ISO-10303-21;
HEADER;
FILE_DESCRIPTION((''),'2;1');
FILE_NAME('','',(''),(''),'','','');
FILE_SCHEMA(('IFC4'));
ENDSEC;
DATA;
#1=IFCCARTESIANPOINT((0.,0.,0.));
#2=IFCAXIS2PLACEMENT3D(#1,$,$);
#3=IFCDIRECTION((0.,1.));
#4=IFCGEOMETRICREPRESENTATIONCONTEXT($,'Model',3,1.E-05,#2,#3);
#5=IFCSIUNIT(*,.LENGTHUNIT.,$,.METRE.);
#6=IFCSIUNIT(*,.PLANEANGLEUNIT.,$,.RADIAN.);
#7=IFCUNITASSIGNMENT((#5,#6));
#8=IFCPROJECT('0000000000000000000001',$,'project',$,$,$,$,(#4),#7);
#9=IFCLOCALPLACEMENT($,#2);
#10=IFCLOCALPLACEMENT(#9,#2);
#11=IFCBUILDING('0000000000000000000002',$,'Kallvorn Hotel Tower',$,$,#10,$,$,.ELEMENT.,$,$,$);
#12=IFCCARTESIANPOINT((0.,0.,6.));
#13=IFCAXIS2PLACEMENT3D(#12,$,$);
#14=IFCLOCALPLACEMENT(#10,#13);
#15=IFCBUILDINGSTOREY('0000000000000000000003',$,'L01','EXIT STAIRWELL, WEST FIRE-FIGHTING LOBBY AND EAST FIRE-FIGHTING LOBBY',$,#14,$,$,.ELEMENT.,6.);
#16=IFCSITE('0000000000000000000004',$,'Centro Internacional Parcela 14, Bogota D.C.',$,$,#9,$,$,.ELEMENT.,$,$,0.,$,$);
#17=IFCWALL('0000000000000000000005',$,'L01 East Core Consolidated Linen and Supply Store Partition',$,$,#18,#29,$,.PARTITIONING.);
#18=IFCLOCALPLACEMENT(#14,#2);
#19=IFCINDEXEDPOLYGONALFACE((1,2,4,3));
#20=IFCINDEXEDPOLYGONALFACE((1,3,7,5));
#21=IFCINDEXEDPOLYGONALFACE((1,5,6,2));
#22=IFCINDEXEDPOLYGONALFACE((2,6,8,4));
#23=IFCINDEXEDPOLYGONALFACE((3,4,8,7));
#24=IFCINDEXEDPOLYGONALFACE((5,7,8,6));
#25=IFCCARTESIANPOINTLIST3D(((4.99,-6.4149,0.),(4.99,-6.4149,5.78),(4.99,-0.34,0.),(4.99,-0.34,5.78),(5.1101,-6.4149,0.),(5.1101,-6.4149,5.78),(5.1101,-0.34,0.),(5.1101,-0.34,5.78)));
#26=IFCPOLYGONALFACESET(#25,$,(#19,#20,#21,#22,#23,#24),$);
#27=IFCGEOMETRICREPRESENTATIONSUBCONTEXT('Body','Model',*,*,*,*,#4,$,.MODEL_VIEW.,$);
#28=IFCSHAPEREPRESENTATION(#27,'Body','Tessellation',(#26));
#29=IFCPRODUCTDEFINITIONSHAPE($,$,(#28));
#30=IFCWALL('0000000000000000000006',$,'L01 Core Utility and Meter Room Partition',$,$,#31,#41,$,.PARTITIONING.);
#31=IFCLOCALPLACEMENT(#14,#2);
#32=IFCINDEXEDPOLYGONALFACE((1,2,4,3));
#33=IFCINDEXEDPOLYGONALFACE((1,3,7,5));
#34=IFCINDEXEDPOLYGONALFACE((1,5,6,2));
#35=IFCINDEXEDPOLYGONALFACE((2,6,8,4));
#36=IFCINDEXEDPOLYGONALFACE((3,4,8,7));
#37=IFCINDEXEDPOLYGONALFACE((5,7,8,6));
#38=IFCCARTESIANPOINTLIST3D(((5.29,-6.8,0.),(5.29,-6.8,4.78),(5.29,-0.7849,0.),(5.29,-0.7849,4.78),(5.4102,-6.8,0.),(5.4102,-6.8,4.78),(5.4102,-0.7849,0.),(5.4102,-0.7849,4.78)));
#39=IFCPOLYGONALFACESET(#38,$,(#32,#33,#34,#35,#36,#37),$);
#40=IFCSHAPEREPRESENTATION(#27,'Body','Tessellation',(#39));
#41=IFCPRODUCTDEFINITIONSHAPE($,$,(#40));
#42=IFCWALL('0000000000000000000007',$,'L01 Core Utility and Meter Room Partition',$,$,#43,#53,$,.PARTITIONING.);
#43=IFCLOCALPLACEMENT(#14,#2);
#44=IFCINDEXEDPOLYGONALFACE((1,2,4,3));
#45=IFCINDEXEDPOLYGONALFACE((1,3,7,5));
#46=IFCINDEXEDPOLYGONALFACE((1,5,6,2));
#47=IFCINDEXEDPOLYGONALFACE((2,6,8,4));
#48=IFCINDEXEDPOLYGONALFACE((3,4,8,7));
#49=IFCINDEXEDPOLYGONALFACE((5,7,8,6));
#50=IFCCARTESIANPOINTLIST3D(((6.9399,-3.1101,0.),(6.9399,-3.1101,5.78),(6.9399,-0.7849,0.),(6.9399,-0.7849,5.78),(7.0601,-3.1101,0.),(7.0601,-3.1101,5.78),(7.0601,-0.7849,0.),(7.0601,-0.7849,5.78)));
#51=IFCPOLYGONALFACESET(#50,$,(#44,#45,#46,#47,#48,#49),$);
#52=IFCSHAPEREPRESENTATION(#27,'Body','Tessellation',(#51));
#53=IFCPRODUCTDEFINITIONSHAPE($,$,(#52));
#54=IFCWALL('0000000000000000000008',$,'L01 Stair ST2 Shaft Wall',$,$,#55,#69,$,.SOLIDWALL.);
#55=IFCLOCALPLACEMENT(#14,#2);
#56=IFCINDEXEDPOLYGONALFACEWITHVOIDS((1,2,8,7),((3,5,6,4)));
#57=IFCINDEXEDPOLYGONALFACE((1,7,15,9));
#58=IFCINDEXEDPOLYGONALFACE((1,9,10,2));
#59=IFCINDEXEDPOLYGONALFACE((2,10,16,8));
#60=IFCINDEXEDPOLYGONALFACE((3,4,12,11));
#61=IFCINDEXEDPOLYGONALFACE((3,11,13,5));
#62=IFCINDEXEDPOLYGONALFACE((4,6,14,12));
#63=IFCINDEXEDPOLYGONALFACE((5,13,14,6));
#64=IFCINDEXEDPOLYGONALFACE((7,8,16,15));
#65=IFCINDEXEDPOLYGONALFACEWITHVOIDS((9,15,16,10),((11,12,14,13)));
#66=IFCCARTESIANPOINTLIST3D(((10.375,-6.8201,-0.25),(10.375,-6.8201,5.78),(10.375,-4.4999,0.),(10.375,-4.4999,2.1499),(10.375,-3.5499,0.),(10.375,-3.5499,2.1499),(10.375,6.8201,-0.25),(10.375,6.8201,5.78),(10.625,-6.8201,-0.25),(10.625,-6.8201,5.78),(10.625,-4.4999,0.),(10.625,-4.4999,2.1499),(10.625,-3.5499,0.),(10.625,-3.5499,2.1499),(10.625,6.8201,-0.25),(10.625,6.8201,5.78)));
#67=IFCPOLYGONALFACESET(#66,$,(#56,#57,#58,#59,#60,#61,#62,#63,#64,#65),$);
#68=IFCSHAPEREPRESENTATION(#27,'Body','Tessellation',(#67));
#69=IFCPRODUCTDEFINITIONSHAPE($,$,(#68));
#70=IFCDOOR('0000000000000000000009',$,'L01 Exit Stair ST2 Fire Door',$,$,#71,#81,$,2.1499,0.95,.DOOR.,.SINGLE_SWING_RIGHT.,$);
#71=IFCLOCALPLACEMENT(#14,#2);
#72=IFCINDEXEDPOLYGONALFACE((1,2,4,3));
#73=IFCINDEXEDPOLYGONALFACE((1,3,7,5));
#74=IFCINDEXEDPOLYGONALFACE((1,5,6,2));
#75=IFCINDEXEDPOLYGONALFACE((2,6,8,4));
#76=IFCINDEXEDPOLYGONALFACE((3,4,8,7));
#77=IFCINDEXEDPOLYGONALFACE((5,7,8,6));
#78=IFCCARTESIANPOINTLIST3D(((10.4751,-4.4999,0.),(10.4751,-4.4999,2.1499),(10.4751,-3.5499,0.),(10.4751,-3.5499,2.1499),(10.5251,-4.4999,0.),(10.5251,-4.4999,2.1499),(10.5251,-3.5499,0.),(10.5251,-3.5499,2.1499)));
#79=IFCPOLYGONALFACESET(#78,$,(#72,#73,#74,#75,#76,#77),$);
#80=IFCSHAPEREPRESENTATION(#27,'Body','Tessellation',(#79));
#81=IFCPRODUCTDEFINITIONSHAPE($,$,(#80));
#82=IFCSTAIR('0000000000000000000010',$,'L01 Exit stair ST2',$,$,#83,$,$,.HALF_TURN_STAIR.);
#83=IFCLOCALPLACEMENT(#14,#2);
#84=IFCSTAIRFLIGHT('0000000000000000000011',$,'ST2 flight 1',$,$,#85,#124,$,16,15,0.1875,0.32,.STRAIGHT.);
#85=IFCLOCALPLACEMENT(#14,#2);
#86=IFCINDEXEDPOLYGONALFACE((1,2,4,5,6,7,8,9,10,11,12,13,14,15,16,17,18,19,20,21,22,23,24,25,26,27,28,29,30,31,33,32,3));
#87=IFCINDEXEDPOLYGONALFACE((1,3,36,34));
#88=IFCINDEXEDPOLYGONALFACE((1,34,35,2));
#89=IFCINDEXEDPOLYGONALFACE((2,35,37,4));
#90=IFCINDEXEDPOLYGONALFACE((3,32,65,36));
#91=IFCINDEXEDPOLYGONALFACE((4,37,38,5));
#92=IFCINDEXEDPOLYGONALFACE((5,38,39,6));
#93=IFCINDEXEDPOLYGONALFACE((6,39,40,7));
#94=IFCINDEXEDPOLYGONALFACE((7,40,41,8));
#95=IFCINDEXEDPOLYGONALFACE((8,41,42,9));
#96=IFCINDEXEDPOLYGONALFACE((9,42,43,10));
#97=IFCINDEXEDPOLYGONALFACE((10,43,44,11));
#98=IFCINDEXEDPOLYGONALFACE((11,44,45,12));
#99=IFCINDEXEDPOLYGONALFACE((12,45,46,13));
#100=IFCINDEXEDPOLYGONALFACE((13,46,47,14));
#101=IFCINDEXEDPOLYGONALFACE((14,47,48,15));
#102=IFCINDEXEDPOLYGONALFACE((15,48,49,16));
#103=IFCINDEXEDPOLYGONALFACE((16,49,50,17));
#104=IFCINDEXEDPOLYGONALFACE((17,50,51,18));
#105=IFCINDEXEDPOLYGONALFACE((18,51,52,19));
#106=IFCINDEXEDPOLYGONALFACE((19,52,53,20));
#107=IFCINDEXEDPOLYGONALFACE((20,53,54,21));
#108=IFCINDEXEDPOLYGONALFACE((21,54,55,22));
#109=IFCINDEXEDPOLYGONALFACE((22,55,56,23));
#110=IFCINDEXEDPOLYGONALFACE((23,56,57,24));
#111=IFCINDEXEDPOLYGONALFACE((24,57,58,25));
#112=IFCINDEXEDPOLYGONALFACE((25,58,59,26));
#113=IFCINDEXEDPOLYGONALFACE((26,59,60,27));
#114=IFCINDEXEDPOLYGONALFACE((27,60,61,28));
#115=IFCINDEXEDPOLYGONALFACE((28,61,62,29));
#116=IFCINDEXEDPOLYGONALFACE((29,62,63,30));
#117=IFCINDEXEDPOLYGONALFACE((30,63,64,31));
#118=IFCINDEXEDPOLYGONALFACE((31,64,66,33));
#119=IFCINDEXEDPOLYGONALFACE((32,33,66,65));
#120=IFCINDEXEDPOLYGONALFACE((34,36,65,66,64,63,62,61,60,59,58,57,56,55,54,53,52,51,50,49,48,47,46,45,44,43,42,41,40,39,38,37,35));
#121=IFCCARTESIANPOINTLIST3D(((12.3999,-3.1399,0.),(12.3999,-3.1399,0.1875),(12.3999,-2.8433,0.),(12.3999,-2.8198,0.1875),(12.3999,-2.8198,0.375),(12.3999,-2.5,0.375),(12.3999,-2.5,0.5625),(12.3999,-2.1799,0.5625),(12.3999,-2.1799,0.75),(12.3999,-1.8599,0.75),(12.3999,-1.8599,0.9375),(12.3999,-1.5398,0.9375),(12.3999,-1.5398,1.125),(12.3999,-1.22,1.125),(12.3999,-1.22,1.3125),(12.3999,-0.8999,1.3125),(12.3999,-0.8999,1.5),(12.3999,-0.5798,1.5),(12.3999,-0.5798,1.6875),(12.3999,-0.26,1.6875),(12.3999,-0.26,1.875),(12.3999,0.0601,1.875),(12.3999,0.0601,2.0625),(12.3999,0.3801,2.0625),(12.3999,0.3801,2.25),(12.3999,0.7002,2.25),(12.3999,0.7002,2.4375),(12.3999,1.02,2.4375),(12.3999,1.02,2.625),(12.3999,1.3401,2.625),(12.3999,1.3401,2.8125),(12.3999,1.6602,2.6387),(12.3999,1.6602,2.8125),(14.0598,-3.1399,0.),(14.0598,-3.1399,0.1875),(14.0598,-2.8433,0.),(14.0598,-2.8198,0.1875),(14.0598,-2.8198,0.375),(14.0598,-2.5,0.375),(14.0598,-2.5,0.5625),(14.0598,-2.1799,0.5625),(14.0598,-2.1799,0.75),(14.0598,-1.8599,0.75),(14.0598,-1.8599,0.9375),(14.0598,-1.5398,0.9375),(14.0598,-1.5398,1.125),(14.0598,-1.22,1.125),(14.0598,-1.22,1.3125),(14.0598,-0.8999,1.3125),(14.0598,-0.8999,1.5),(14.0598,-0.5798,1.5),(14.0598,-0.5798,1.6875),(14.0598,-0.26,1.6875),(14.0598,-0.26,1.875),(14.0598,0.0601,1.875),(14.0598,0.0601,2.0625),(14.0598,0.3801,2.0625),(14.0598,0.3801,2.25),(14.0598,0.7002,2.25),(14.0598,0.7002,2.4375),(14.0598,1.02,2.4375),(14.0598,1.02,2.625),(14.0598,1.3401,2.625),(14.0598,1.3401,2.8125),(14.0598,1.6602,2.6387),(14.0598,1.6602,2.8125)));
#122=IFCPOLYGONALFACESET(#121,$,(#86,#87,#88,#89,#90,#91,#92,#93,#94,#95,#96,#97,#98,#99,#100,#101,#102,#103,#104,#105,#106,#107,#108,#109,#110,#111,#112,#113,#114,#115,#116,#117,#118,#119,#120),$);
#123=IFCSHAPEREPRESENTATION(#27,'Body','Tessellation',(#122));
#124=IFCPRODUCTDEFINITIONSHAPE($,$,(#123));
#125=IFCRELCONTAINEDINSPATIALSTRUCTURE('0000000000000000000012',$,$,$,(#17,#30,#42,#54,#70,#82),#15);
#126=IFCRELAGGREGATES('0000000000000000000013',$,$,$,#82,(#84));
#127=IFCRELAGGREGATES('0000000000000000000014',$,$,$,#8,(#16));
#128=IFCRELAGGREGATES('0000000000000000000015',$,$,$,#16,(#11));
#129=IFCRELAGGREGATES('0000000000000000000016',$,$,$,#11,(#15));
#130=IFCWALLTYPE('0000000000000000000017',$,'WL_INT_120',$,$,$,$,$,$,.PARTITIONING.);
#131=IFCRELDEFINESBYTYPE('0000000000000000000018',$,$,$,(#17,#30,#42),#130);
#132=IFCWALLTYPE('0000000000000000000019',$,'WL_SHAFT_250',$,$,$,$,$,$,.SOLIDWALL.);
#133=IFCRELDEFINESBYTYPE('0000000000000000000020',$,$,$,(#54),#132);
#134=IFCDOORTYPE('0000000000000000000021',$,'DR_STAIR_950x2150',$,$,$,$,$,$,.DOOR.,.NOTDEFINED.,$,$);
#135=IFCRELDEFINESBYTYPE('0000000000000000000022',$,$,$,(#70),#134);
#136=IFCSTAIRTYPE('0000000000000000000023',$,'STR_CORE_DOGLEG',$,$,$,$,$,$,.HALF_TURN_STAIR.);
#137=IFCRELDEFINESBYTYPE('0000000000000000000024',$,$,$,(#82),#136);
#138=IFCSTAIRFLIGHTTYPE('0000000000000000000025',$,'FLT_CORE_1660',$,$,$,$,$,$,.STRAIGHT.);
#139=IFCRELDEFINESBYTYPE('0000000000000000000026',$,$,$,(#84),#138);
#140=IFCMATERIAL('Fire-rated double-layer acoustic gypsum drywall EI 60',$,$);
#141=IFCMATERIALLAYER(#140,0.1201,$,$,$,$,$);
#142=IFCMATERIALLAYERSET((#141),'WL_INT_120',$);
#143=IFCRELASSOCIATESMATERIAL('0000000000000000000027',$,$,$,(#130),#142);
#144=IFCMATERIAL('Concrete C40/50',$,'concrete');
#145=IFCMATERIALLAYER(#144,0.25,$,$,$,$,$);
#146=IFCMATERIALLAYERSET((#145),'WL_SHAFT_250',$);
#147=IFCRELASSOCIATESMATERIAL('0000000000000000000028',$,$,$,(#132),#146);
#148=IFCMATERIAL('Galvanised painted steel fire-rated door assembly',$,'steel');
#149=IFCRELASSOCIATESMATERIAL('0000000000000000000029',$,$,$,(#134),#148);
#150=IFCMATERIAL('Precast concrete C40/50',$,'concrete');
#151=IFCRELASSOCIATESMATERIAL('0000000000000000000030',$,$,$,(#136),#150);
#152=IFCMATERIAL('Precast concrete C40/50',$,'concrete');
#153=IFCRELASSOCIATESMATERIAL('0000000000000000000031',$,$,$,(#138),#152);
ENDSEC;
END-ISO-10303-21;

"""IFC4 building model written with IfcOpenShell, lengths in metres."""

from ifc_helpers import new_model, si_unit, direction, frame, frame_2d, origin, place, context, subcontext, project, spatial, polyline, rectangle, outline, extrude, material, layer, layer_set, type_object, element, fill, aggregate, save


model = new_model("IFC4")

# Units and contexts
model_context = context("Model", 3, precision=1e-05, world=origin(), true_north=direction((0.0, 1.0)))
body_context = subcontext(model_context, "Body", "Model", "MODEL_VIEW")
ifc_project = project(units=[si_unit("LENGTHUNIT", "METRE"), si_unit("PLANEANGLEUNIT", "RADIAN")], contexts=[model_context])

# Site, building, storey
site_placement = place(None, origin())
site = spatial("IfcSite", under=ifc_project, at=site_placement, Name="Centro Internacional Parcela 14, Bogota D.C.", CompositionType="ELEMENT", RefElevation=0.0)
building_placement = place(site_placement, origin())
building = spatial("IfcBuilding", under=site, at=building_placement, Name="Kallvorn Hotel Tower", CompositionType="ELEMENT")
storey_placement = place(building_placement, frame((0.0, 0.0, 6.0)))
storey = spatial("IfcBuildingStorey", under=building, at=storey_placement, Name="L01", Description="EXIT STAIRWELL, WEST FIRE-FIGHTING LOBBY AND EAST FIRE-FIGHTING LOBBY", CompositionType="ELEMENT", Elevation=6.0)

# Shared definitions
ifc_material_1 = material(Name="Fire-rated double-layer acoustic gypsum drywall EI 60")
ifc_layer_1 = layer(ifc_material_1, 0.1201)
ifc_layer_set_1 = layer_set([ifc_layer_1], Name="WL_INT_120")
wall_type_1 = type_object("IfcWallType", Name="WL_INT_120", PredefinedType="PARTITIONING", material=ifc_layer_set_1)

# Walls
wall_1_placement = place(storey_placement, frame((5.05, -6.415, 0.0), z_axis=(0.0, 0.0, 1.0), x_axis=(0.0, 1.0, 0.0)))
element("IfcWall", 1, at=wall_1_placement, inside=storey, type_object=wall_type_1, Name="L01 East Core Consolidated Linen and Supply Store Partition", PredefinedType="PARTITIONING", context=body_context, shape_type="SweptSolid", body=[
    extrude(rectangle(XDim=6.075, YDim=0.1201, at=frame_2d((3.0376, 0.0))), origin(), (0.0, 0.0, 1.0), 5.78),
])
wall_2_placement = place(storey_placement, frame((5.3501, -6.8, 0.0), z_axis=(0.0, 0.0, 1.0), x_axis=(0.0, 1.0, 0.0)))
element("IfcWall", 2, at=wall_2_placement, inside=storey, type_object=wall_type_1, Name="L01 Core Utility and Meter Room Partition", PredefinedType="PARTITIONING", context=body_context, shape_type="SweptSolid", body=[
    extrude(rectangle(XDim=6.0151, YDim=0.1201, at=frame_2d((3.0076, 0.0))), origin(), (0.0, 0.0, 1.0), 4.78),
])
wall_3_placement = place(storey_placement, frame((7.0, -3.1101, 0.0), z_axis=(0.0, 0.0, 1.0), x_axis=(0.0, 1.0, 0.0)))
element("IfcWall", 3, at=wall_3_placement, inside=storey, type_object=wall_type_1, Name="L01 Core Utility and Meter Room Partition", PredefinedType="PARTITIONING", context=body_context, shape_type="SweptSolid", body=[
    extrude(rectangle(XDim=2.3252, YDim=0.1201, at=frame_2d((1.1626, 0.0))), origin(), (0.0, 0.0, 1.0), 5.78),
])

# Wall, opening, door
ifc_material_2 = material(Name="Concrete C40/50", Category="concrete")
ifc_layer_2 = layer(ifc_material_2, 0.25)
ifc_layer_set_2 = layer_set([ifc_layer_2], Name="WL_SHAFT_250")
wall_type_2 = type_object("IfcWallType", Name="WL_SHAFT_250", PredefinedType="SOLIDWALL", material=ifc_layer_set_2)
wall_4_placement = place(storey_placement, frame((10.5, -6.8201, -0.25), z_axis=(0.0, 0.0, 1.0), x_axis=(0.0, 1.0, 0.0)))
wall_4 = element("IfcWall", 4, at=wall_4_placement, inside=storey, type_object=wall_type_2, Name="L01 Stair ST2 Shaft Wall", PredefinedType="SOLIDWALL", context=body_context, shape_type="SweptSolid", body=[
    extrude(rectangle(XDim=13.6401, YDim=0.25, at=frame_2d((6.8201, 0.0))), origin(), (0.0, 0.0, 1.0), 6.03),
])
opening_1_placement = place(wall_4_placement, frame((2.3201, 0.0, 0.25)))
opening_1 = element("IfcOpeningElement", 5, at=opening_1_placement, cuts=wall_4, PredefinedType="OPENING", context=body_context, shape_type="SweptSolid", body=[
    extrude(rectangle(XDim=0.95, YDim=2.1499, at=frame_2d((0.4751, 1.075))), frame((0.0, 0.1399, 0.0), z_axis=(0.0, -1.0, 0.0), x_axis=(1.0, 0.0, 0.0)), (0.0, 0.0, 1.0), 0.28),
])
ifc_material_3 = material(Name="Galvanised painted steel fire-rated door assembly", Category="steel")
door_type_1 = type_object("IfcDoorType", Name="DR_STAIR_950x2150", OperationType="NOTDEFINED", PredefinedType="DOOR", material=ifc_material_3)
door_1_placement = place(opening_1_placement, origin())
door_1 = element("IfcDoor", 6, at=door_1_placement, inside=storey, type_object=door_type_1, Name="L01 Exit Stair ST2 Fire Door", OperationType="SINGLE_SWING_RIGHT", OverallHeight=2.1499, OverallWidth=0.95, PredefinedType="DOOR", context=body_context, shape_type="SweptSolid", body=[
    extrude(rectangle(XDim=0.95, YDim=2.1499, at=frame_2d((0.4751, 1.075))), frame((0.0, 0.0249, 0.0), z_axis=(0.0, -1.0, 0.0), x_axis=(1.0, 0.0, 0.0)), (0.0, 0.0, 1.0), 0.05),
])
fill(opening_1, door_1)

# Stair, stair flight
ifc_material_4 = material(Name="Precast concrete C40/50", Category="concrete")
stair_type = type_object("IfcStairType", Name="STR_CORE_DOGLEG", PredefinedType="HALF_TURN_STAIR", material=ifc_material_4)
stair_placement = place(storey_placement, origin())
stair = element("IfcStair", 7, at=stair_placement, inside=storey, type_object=stair_type, Name="L01 Exit stair ST2", PredefinedType="HALF_TURN_STAIR")
ifc_material_5 = material(Name="Precast concrete C40/50", Category="concrete")
stair_flight_type = type_object("IfcStairFlightType", Name="FLT_CORE_1660", PredefinedType="STRAIGHT", material=ifc_material_5)
stair_flight_placement = place(storey_placement, frame((13.23, -3.1399, 0.0), z_axis=(0.0, 0.0, 1.0), x_axis=(0.0, 1.0, 0.0)))
stair_flight = element("IfcStairFlight", 8, at=stair_flight_placement, type_object=stair_flight_type, Name="ST2 flight 1", NumberOfRisers=16, NumberOfTreads=15, PredefinedType="STRAIGHT", RiserHeight=0.1875, TreadLength=0.32, context=body_context, shape_type="SweptSolid", body=[
    extrude(outline(polyline([(0.0, 0.0), (0.0, 0.1875), (0.3201, 0.1875), (0.3201, 0.375), (0.6399, 0.375), (0.6399, 0.5625), (0.96, 0.5625), (0.96, 0.75), (1.28, 0.75), (1.28, 0.9375), (1.6001, 0.9375), (1.6001, 1.125), (1.9199, 1.125), (1.9199, 1.3125), (2.24, 1.3125), (2.24, 1.5), (2.5601, 1.5), (2.5601, 1.6875), (2.8799, 1.6875), (2.8799, 1.875), (3.2, 1.875), (3.2, 2.0625), (3.52, 2.0625), (3.52, 2.25), (3.8401, 2.25), (3.8401, 2.4375), (4.1599, 2.4375), (4.1599, 2.625), (4.48, 2.625), (4.48, 2.8125), (4.8, 2.8125), (4.8, 3.0), (4.8, 2.6387), (0.2966, 0.0), (0.0, 0.0)])), frame((0.0, 0.8301, 0.0), z_axis=(0.0, -1.0, 0.0), x_axis=(1.0, 0.0, 0.0)), (0.0, 0.0, 1.0), 1.6599),
])
aggregate(stair, [stair_flight])

save(model, "model.ifc")
